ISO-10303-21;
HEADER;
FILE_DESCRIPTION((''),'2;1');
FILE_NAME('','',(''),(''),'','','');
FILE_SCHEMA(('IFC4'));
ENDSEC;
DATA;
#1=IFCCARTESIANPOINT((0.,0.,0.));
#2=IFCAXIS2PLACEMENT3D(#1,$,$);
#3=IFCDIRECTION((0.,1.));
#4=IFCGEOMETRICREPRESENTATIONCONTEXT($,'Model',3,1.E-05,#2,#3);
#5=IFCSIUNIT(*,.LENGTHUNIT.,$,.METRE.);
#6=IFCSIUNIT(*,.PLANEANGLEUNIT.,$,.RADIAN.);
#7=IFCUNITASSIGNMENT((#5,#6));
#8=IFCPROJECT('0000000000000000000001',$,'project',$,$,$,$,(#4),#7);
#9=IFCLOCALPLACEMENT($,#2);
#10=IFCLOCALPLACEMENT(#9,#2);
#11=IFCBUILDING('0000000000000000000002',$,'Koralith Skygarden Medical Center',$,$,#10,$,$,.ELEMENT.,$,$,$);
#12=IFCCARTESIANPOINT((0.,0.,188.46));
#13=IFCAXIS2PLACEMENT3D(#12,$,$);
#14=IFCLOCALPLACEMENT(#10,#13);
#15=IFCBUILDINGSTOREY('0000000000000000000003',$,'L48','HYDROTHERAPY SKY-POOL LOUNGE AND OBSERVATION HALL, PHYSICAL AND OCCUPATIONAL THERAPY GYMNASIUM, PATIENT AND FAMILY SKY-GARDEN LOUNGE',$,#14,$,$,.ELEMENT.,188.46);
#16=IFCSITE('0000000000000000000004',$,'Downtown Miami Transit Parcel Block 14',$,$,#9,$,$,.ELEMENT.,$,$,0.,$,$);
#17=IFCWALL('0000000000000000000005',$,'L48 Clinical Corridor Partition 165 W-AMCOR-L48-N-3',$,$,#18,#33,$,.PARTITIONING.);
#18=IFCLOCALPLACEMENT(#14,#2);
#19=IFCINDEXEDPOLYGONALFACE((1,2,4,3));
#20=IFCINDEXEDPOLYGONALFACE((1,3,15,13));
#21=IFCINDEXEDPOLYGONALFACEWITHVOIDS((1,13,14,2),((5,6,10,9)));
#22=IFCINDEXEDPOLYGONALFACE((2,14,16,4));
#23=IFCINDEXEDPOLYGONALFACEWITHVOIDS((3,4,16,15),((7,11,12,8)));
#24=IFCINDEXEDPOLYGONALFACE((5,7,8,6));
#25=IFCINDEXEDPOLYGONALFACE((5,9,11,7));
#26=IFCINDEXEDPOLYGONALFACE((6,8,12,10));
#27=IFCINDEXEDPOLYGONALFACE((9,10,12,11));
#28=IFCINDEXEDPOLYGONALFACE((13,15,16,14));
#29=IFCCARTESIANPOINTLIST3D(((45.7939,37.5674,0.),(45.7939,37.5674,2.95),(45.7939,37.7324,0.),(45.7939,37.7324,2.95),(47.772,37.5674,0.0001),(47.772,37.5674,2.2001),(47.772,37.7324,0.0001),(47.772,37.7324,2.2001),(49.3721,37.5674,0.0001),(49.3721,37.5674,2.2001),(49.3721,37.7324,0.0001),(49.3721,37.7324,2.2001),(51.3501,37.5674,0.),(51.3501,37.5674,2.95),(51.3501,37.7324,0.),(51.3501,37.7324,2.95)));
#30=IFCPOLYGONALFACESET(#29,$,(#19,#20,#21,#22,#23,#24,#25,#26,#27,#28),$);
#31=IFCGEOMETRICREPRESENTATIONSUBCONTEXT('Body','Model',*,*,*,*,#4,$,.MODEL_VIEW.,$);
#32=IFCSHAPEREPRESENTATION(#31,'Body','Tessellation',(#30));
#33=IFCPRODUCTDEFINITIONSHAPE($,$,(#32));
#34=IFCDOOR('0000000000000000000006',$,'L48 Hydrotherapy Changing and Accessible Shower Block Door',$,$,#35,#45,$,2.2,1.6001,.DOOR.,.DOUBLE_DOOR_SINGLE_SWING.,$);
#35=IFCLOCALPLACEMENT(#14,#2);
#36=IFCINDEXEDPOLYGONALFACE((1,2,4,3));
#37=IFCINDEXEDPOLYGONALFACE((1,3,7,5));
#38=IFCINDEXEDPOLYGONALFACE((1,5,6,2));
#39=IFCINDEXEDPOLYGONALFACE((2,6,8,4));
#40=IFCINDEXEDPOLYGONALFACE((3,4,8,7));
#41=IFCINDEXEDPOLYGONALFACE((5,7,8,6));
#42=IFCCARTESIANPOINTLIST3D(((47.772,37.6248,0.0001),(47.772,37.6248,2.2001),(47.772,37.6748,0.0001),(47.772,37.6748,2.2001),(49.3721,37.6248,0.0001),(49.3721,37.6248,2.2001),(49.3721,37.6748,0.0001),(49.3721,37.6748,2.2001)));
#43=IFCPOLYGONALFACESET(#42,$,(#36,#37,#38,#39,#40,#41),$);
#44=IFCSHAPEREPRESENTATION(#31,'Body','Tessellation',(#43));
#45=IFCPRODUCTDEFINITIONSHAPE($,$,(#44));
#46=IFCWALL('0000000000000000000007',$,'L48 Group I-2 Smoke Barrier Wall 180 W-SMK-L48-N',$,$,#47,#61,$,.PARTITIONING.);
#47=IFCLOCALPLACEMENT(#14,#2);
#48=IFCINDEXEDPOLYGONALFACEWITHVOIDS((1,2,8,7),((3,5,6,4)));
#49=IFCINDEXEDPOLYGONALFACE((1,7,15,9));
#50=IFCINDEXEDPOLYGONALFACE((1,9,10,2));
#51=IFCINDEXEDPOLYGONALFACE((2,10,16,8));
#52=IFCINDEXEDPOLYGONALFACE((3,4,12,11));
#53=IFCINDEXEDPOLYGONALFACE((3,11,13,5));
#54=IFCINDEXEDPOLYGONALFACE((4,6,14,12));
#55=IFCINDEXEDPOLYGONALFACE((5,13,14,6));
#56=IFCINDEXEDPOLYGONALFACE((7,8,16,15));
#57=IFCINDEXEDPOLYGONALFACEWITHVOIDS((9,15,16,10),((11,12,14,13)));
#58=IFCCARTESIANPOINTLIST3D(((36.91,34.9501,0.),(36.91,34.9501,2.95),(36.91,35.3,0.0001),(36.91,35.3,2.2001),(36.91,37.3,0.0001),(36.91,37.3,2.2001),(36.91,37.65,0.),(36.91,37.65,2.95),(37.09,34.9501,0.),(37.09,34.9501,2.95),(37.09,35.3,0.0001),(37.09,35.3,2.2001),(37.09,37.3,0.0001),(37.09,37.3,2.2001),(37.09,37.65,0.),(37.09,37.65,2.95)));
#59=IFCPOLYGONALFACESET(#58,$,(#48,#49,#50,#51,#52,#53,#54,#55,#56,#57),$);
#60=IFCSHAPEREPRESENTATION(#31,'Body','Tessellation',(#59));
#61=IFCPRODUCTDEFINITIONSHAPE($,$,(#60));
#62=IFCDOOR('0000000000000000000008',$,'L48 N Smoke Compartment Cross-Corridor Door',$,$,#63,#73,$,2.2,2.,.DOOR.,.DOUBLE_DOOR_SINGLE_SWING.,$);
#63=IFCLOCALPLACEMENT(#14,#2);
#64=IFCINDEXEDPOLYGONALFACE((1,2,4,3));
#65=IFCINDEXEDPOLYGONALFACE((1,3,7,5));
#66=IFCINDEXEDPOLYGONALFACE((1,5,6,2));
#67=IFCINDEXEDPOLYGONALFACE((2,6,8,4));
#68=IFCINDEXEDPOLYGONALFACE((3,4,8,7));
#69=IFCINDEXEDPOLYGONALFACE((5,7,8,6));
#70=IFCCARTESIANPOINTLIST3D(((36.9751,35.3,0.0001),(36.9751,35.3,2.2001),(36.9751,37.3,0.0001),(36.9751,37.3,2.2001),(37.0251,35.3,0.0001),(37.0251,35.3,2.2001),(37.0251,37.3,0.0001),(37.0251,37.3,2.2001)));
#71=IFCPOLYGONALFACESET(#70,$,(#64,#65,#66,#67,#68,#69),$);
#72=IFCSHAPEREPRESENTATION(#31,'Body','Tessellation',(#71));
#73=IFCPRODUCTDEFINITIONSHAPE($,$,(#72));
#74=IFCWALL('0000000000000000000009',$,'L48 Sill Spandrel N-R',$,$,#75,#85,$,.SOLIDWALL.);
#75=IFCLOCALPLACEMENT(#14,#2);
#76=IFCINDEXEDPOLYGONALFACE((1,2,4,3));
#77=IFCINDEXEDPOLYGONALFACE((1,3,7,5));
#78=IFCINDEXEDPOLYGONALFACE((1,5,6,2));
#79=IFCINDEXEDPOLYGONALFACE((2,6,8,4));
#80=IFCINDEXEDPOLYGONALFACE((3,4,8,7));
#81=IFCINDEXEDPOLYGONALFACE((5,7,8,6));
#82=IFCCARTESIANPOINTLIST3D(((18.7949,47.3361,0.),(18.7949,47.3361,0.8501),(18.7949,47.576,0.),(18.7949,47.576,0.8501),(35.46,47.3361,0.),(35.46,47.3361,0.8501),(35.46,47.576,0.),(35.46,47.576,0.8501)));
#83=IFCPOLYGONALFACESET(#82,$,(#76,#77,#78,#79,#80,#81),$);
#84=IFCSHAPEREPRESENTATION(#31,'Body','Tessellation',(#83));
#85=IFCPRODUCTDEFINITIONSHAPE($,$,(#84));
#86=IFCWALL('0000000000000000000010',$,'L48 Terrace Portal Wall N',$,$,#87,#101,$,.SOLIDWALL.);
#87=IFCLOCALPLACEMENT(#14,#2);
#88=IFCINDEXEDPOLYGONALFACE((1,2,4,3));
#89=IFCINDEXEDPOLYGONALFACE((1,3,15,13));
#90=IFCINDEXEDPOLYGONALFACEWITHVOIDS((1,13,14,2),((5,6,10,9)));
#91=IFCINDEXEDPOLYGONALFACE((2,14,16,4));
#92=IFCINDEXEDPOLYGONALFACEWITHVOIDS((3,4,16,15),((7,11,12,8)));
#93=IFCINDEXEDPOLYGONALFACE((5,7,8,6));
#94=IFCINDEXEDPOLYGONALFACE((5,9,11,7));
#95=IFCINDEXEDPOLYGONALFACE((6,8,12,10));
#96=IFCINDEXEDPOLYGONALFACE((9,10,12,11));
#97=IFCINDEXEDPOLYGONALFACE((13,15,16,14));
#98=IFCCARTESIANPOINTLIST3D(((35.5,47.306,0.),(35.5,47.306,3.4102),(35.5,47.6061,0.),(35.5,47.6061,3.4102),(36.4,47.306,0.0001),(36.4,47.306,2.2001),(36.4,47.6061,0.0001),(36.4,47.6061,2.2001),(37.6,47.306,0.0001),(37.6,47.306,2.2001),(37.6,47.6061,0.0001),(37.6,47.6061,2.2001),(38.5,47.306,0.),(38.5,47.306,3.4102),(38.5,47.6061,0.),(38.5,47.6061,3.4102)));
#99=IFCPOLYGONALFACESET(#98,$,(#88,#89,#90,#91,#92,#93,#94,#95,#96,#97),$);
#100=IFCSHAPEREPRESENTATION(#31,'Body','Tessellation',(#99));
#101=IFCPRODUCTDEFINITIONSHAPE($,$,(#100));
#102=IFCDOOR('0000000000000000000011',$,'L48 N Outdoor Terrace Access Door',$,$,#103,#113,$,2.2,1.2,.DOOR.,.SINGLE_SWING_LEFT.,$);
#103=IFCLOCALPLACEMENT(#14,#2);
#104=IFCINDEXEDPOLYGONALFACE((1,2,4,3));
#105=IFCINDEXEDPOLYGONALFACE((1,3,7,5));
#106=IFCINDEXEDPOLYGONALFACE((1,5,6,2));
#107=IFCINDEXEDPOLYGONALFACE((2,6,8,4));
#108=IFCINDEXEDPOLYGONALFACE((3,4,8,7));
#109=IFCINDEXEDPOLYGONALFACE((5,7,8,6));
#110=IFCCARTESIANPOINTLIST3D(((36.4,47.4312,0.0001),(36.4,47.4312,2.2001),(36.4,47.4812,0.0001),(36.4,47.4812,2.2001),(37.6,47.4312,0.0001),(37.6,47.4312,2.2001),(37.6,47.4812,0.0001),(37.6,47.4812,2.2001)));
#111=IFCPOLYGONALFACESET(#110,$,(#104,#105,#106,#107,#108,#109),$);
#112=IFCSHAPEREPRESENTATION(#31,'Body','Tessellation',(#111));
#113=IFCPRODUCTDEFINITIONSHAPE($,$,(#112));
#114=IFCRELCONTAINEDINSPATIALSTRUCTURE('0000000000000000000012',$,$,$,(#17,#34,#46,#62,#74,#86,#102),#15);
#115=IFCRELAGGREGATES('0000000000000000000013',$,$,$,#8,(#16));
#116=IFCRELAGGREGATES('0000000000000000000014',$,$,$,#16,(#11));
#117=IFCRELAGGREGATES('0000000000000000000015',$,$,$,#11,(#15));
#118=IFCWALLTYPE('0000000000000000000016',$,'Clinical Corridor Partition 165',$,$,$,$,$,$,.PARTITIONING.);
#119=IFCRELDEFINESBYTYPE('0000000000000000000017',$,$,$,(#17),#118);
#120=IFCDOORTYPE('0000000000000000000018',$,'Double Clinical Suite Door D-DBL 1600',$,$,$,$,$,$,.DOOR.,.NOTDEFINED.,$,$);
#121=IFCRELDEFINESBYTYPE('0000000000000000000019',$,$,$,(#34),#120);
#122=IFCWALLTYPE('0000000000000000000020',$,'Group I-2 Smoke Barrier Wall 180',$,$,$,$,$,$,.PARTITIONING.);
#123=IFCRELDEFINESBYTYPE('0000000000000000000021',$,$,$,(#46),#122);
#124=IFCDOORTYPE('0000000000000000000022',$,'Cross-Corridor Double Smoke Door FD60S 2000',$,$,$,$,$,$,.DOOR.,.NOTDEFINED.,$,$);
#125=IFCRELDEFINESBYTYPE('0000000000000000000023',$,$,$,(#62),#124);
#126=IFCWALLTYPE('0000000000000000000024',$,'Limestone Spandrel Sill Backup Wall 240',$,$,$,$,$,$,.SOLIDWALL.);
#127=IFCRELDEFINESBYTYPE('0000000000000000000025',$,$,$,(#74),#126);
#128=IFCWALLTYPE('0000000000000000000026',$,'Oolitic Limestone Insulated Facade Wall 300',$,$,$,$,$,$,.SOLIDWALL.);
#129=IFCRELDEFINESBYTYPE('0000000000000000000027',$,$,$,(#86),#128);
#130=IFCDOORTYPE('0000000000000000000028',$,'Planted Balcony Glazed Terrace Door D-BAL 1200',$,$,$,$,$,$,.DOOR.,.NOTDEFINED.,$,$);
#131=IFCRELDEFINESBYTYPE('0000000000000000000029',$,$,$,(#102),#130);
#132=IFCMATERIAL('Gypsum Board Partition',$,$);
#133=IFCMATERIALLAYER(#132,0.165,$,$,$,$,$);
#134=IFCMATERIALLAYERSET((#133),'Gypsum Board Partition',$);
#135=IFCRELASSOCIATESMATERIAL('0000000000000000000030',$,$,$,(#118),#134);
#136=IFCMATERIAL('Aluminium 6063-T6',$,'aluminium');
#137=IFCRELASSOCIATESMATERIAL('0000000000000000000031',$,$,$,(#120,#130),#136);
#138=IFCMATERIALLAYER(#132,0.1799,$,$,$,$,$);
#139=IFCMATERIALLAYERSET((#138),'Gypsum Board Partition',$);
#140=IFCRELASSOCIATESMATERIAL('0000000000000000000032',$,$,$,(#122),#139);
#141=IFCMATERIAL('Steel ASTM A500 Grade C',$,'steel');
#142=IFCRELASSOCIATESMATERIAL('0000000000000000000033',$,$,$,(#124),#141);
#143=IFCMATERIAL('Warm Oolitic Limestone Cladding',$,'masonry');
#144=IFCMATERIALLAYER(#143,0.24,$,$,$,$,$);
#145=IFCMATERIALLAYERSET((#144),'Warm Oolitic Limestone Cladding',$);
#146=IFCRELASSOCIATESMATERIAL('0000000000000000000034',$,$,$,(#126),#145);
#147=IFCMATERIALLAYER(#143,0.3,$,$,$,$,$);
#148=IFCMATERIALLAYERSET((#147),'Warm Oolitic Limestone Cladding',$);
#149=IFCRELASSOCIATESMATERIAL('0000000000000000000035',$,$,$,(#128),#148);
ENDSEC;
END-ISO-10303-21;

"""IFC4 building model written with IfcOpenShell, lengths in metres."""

from ifc_helpers import new_model, si_unit, direction, frame, frame_2d, origin, place, context, subcontext, project, spatial, rectangle, extrude, material, layer, layer_set, type_object, element, fill, save


model = new_model("IFC4")

# Units and contexts
model_context = context("Model", 3, precision=1e-05, world=origin(), true_north=direction((0.0, 1.0)))
body_context = subcontext(model_context, "Body", "Model", "MODEL_VIEW")
ifc_project = project(units=[si_unit("LENGTHUNIT", "METRE"), si_unit("PLANEANGLEUNIT", "RADIAN")], contexts=[model_context])

# Site, building, storey
site_placement = place(None, origin())
site = spatial("IfcSite", under=ifc_project, at=site_placement, Name="Downtown Miami Transit Parcel Block 14", CompositionType="ELEMENT", RefElevation=0.0)
building_placement = place(site_placement, origin())
building = spatial("IfcBuilding", under=site, at=building_placement, Name="Koralith Skygarden Medical Center", CompositionType="ELEMENT")
storey_placement = place(building_placement, frame((0.0, 0.0, 188.46)))
storey = spatial("IfcBuildingStorey", under=building, at=storey_placement, Name="L48", Description="HYDROTHERAPY SKY-POOL LOUNGE AND OBSERVATION HALL, PHYSICAL AND OCCUPATIONAL THERAPY GYMNASIUM, PATIENT AND FAMILY SKY-GARDEN LOUNGE", CompositionType="ELEMENT", Elevation=188.46)

# Shared definitions
ifc_material_1 = material(Name="Aluminium 6063-T6", Category="aluminium")

# Shared definitions
ifc_material_2 = material(Name="Gypsum Board Partition")

# Walls, openings, doors
ifc_layer_1 = layer(ifc_material_2, 0.165)
ifc_layer_set_1 = layer_set([ifc_layer_1], Name="Gypsum Board Partition")
wall_type_1 = type_object("IfcWallType", Name="Clinical Corridor Partition 165", PredefinedType="PARTITIONING", material=ifc_layer_set_1)
wall_1_placement = place(storey_placement, frame((45.7939, 37.6499, 0.0), z_axis=(0.0, 0.0, 1.0), x_axis=(1.0, 0.0, 0.0)))
wall_1 = element("IfcWall", 1, at=wall_1_placement, inside=storey, type_object=wall_type_1, Name="L48 Clinical Corridor Partition 165 W-AMCOR-L48-N-3", PredefinedType="PARTITIONING", context=body_context, shape_type="SweptSolid", body=[
    extrude(rectangle(XDim=5.5562, YDim=0.165, at=frame_2d((2.7781, 0.0))), origin(), (0.0, 0.0, 1.0), 2.95),
])
opening_1_placement = place(wall_1_placement, frame((1.978, 0.0, 0.0)))
opening_1 = element("IfcOpeningElement", 2, at=opening_1_placement, cuts=wall_1, PredefinedType="OPENING", context=body_context, shape_type="SweptSolid", body=[
    extrude(rectangle(XDim=1.6001, YDim=2.2, at=frame_2d((0.8, 1.1001))), frame((0.0, 0.0925, 0.0), z_axis=(0.0, -1.0, 0.0), x_axis=(1.0, 0.0, 0.0)), (0.0, 0.0, 1.0), 0.1851),
])
door_type_1 = type_object("IfcDoorType", Name="Double Clinical Suite Door D-DBL 1600", OperationType="NOTDEFINED", PredefinedType="DOOR", material=ifc_material_1)
door_1_placement = place(opening_1_placement, origin())
door_1 = element("IfcDoor", 3, at=door_1_placement, inside=storey, type_object=door_type_1, Name="L48 Hydrotherapy Changing and Accessible Shower Block Door", OperationType="DOUBLE_DOOR_SINGLE_SWING", OverallHeight=2.2, OverallWidth=1.6001, PredefinedType="DOOR", context=body_context, shape_type="SweptSolid", body=[
    extrude(rectangle(XDim=1.6001, YDim=2.2, at=frame_2d((0.8, 1.1001))), frame((0.0, 0.0249, 0.0), z_axis=(0.0, -1.0, 0.0), x_axis=(1.0, 0.0, 0.0)), (0.0, 0.0, 1.0), 0.05),
])
fill(opening_1, door_1)
ifc_layer_2 = layer(ifc_material_2, 0.1799)
ifc_layer_set_2 = layer_set([ifc_layer_2], Name="Gypsum Board Partition")
wall_type_2 = type_object("IfcWallType", Name="Group I-2 Smoke Barrier Wall 180", PredefinedType="PARTITIONING", material=ifc_layer_set_2)
wall_2_placement = place(storey_placement, frame((37.0, 34.95, 0.0), z_axis=(0.0, 0.0, 1.0), x_axis=(0.0, 1.0, 0.0)))
wall_2 = element("IfcWall", 4, at=wall_2_placement, inside=storey, type_object=wall_type_2, Name="L48 Group I-2 Smoke Barrier Wall 180 W-SMK-L48-N", PredefinedType="PARTITIONING", context=body_context, shape_type="SweptSolid", body=[
    extrude(rectangle(XDim=2.7, YDim=0.1799, at=frame_2d((1.3501, 0.0))), origin(), (0.0, 0.0, 1.0), 2.95),
])
opening_2_placement = place(wall_2_placement, frame((0.3501, 0.0, 0.0)))
opening_2 = element("IfcOpeningElement", 5, at=opening_2_placement, cuts=wall_2, PredefinedType="OPENING", context=body_context, shape_type="SweptSolid", body=[
    extrude(rectangle(XDim=2.0, YDim=2.2, at=frame_2d((1.0, 1.1001))), frame((0.0, 0.0999, 0.0), z_axis=(0.0, -1.0, 0.0), x_axis=(1.0, 0.0, 0.0)), (0.0, 0.0, 1.0), 0.2),
])
ifc_material_3 = material(Name="Steel ASTM A500 Grade C", Category="steel")
door_type_2 = type_object("IfcDoorType", Name="Cross-Corridor Double Smoke Door FD60S 2000", OperationType="NOTDEFINED", PredefinedType="DOOR", material=ifc_material_3)
door_2_placement = place(opening_2_placement, origin())
door_2 = element("IfcDoor", 6, at=door_2_placement, inside=storey, type_object=door_type_2, Name="L48 N Smoke Compartment Cross-Corridor Door", OperationType="DOUBLE_DOOR_SINGLE_SWING", OverallHeight=2.2, OverallWidth=2.0, PredefinedType="DOOR", context=body_context, shape_type="SweptSolid", body=[
    extrude(rectangle(XDim=2.0, YDim=2.2, at=frame_2d((1.0, 1.1001))), frame((0.0, 0.0249, 0.0), z_axis=(0.0, -1.0, 0.0), x_axis=(1.0, 0.0, 0.0)), (0.0, 0.0, 1.0), 0.05),
])
fill(opening_2, door_2)

# Wall
ifc_material_4 = material(Name="Warm Oolitic Limestone Cladding", Category="masonry")
ifc_layer_3 = layer(ifc_material_4, 0.24)
ifc_layer_set_3 = layer_set([ifc_layer_3], Name="Warm Oolitic Limestone Cladding")
wall_type_3 = type_object("IfcWallType", Name="Limestone Spandrel Sill Backup Wall 240", PredefinedType="SOLIDWALL", material=ifc_layer_set_3)
wall_3_placement = place(storey_placement, frame((35.46, 47.4561, 0.0), z_axis=(0.0, 0.0, 1.0), x_axis=(-1.0, 0.0, 0.0)))
element("IfcWall", 7, at=wall_3_placement, inside=storey, type_object=wall_type_3, Name="L48 Sill Spandrel N-R", PredefinedType="SOLIDWALL", context=body_context, shape_type="SweptSolid", body=[
    extrude(rectangle(XDim=16.665, YDim=0.24, at=frame_2d((8.3325, 0.0))), origin(), (0.0, 0.0, 1.0), 0.8501),
])

# Wall, opening, door
ifc_layer_4 = layer(ifc_material_4, 0.3)
ifc_layer_set_4 = layer_set([ifc_layer_4], Name="Warm Oolitic Limestone Cladding")
wall_type_4 = type_object("IfcWallType", Name="Oolitic Limestone Insulated Facade Wall 300", PredefinedType="SOLIDWALL", material=ifc_layer_set_4)
wall_4_placement = place(storey_placement, frame((38.5, 47.4561, 0.0), z_axis=(0.0, 0.0, 1.0), x_axis=(-1.0, 0.0, 0.0)))
wall_4 = element("IfcWall", 8, at=wall_4_placement, inside=storey, type_object=wall_type_4, Name="L48 Terrace Portal Wall N", PredefinedType="SOLIDWALL", context=body_context, shape_type="SweptSolid", body=[
    extrude(rectangle(XDim=3.0, YDim=0.3, at=frame_2d((1.5, 0.0))), origin(), (0.0, 0.0, 1.0), 3.4102),
])
opening_3_placement = place(wall_4_placement, frame((0.8999, 0.0, 0.0)))
opening_3 = element("IfcOpeningElement", 9, at=opening_3_placement, cuts=wall_4, PredefinedType="OPENING", context=body_context, shape_type="SweptSolid", body=[
    extrude(rectangle(XDim=1.2, YDim=2.2, at=frame_2d((0.6001, 1.1001))), frame((0.0, 0.1599, 0.0), z_axis=(0.0, -1.0, 0.0), x_axis=(1.0, 0.0, 0.0)), (0.0, 0.0, 1.0), 0.3201),
])
door_type_3 = type_object("IfcDoorType", Name="Planted Balcony Glazed Terrace Door D-BAL 1200", OperationType="NOTDEFINED", PredefinedType="DOOR", material=ifc_material_1)
door_3_placement = place(opening_3_placement, origin())
door_3 = element("IfcDoor", 10, at=door_3_placement, inside=storey, type_object=door_type_3, Name="L48 N Outdoor Terrace Access Door", OperationType="SINGLE_SWING_LEFT", OverallHeight=2.2, OverallWidth=1.2, PredefinedType="DOOR", context=body_context, shape_type="SweptSolid", body=[
    extrude(rectangle(XDim=1.2, YDim=2.2, at=frame_2d((0.6001, 1.1001))), frame((0.0, 0.0249, 0.0), z_axis=(0.0, -1.0, 0.0), x_axis=(1.0, 0.0, 0.0)), (0.0, 0.0, 1.0), 0.05),
])
fill(opening_3, door_3)

save(model, "model.ifc")
